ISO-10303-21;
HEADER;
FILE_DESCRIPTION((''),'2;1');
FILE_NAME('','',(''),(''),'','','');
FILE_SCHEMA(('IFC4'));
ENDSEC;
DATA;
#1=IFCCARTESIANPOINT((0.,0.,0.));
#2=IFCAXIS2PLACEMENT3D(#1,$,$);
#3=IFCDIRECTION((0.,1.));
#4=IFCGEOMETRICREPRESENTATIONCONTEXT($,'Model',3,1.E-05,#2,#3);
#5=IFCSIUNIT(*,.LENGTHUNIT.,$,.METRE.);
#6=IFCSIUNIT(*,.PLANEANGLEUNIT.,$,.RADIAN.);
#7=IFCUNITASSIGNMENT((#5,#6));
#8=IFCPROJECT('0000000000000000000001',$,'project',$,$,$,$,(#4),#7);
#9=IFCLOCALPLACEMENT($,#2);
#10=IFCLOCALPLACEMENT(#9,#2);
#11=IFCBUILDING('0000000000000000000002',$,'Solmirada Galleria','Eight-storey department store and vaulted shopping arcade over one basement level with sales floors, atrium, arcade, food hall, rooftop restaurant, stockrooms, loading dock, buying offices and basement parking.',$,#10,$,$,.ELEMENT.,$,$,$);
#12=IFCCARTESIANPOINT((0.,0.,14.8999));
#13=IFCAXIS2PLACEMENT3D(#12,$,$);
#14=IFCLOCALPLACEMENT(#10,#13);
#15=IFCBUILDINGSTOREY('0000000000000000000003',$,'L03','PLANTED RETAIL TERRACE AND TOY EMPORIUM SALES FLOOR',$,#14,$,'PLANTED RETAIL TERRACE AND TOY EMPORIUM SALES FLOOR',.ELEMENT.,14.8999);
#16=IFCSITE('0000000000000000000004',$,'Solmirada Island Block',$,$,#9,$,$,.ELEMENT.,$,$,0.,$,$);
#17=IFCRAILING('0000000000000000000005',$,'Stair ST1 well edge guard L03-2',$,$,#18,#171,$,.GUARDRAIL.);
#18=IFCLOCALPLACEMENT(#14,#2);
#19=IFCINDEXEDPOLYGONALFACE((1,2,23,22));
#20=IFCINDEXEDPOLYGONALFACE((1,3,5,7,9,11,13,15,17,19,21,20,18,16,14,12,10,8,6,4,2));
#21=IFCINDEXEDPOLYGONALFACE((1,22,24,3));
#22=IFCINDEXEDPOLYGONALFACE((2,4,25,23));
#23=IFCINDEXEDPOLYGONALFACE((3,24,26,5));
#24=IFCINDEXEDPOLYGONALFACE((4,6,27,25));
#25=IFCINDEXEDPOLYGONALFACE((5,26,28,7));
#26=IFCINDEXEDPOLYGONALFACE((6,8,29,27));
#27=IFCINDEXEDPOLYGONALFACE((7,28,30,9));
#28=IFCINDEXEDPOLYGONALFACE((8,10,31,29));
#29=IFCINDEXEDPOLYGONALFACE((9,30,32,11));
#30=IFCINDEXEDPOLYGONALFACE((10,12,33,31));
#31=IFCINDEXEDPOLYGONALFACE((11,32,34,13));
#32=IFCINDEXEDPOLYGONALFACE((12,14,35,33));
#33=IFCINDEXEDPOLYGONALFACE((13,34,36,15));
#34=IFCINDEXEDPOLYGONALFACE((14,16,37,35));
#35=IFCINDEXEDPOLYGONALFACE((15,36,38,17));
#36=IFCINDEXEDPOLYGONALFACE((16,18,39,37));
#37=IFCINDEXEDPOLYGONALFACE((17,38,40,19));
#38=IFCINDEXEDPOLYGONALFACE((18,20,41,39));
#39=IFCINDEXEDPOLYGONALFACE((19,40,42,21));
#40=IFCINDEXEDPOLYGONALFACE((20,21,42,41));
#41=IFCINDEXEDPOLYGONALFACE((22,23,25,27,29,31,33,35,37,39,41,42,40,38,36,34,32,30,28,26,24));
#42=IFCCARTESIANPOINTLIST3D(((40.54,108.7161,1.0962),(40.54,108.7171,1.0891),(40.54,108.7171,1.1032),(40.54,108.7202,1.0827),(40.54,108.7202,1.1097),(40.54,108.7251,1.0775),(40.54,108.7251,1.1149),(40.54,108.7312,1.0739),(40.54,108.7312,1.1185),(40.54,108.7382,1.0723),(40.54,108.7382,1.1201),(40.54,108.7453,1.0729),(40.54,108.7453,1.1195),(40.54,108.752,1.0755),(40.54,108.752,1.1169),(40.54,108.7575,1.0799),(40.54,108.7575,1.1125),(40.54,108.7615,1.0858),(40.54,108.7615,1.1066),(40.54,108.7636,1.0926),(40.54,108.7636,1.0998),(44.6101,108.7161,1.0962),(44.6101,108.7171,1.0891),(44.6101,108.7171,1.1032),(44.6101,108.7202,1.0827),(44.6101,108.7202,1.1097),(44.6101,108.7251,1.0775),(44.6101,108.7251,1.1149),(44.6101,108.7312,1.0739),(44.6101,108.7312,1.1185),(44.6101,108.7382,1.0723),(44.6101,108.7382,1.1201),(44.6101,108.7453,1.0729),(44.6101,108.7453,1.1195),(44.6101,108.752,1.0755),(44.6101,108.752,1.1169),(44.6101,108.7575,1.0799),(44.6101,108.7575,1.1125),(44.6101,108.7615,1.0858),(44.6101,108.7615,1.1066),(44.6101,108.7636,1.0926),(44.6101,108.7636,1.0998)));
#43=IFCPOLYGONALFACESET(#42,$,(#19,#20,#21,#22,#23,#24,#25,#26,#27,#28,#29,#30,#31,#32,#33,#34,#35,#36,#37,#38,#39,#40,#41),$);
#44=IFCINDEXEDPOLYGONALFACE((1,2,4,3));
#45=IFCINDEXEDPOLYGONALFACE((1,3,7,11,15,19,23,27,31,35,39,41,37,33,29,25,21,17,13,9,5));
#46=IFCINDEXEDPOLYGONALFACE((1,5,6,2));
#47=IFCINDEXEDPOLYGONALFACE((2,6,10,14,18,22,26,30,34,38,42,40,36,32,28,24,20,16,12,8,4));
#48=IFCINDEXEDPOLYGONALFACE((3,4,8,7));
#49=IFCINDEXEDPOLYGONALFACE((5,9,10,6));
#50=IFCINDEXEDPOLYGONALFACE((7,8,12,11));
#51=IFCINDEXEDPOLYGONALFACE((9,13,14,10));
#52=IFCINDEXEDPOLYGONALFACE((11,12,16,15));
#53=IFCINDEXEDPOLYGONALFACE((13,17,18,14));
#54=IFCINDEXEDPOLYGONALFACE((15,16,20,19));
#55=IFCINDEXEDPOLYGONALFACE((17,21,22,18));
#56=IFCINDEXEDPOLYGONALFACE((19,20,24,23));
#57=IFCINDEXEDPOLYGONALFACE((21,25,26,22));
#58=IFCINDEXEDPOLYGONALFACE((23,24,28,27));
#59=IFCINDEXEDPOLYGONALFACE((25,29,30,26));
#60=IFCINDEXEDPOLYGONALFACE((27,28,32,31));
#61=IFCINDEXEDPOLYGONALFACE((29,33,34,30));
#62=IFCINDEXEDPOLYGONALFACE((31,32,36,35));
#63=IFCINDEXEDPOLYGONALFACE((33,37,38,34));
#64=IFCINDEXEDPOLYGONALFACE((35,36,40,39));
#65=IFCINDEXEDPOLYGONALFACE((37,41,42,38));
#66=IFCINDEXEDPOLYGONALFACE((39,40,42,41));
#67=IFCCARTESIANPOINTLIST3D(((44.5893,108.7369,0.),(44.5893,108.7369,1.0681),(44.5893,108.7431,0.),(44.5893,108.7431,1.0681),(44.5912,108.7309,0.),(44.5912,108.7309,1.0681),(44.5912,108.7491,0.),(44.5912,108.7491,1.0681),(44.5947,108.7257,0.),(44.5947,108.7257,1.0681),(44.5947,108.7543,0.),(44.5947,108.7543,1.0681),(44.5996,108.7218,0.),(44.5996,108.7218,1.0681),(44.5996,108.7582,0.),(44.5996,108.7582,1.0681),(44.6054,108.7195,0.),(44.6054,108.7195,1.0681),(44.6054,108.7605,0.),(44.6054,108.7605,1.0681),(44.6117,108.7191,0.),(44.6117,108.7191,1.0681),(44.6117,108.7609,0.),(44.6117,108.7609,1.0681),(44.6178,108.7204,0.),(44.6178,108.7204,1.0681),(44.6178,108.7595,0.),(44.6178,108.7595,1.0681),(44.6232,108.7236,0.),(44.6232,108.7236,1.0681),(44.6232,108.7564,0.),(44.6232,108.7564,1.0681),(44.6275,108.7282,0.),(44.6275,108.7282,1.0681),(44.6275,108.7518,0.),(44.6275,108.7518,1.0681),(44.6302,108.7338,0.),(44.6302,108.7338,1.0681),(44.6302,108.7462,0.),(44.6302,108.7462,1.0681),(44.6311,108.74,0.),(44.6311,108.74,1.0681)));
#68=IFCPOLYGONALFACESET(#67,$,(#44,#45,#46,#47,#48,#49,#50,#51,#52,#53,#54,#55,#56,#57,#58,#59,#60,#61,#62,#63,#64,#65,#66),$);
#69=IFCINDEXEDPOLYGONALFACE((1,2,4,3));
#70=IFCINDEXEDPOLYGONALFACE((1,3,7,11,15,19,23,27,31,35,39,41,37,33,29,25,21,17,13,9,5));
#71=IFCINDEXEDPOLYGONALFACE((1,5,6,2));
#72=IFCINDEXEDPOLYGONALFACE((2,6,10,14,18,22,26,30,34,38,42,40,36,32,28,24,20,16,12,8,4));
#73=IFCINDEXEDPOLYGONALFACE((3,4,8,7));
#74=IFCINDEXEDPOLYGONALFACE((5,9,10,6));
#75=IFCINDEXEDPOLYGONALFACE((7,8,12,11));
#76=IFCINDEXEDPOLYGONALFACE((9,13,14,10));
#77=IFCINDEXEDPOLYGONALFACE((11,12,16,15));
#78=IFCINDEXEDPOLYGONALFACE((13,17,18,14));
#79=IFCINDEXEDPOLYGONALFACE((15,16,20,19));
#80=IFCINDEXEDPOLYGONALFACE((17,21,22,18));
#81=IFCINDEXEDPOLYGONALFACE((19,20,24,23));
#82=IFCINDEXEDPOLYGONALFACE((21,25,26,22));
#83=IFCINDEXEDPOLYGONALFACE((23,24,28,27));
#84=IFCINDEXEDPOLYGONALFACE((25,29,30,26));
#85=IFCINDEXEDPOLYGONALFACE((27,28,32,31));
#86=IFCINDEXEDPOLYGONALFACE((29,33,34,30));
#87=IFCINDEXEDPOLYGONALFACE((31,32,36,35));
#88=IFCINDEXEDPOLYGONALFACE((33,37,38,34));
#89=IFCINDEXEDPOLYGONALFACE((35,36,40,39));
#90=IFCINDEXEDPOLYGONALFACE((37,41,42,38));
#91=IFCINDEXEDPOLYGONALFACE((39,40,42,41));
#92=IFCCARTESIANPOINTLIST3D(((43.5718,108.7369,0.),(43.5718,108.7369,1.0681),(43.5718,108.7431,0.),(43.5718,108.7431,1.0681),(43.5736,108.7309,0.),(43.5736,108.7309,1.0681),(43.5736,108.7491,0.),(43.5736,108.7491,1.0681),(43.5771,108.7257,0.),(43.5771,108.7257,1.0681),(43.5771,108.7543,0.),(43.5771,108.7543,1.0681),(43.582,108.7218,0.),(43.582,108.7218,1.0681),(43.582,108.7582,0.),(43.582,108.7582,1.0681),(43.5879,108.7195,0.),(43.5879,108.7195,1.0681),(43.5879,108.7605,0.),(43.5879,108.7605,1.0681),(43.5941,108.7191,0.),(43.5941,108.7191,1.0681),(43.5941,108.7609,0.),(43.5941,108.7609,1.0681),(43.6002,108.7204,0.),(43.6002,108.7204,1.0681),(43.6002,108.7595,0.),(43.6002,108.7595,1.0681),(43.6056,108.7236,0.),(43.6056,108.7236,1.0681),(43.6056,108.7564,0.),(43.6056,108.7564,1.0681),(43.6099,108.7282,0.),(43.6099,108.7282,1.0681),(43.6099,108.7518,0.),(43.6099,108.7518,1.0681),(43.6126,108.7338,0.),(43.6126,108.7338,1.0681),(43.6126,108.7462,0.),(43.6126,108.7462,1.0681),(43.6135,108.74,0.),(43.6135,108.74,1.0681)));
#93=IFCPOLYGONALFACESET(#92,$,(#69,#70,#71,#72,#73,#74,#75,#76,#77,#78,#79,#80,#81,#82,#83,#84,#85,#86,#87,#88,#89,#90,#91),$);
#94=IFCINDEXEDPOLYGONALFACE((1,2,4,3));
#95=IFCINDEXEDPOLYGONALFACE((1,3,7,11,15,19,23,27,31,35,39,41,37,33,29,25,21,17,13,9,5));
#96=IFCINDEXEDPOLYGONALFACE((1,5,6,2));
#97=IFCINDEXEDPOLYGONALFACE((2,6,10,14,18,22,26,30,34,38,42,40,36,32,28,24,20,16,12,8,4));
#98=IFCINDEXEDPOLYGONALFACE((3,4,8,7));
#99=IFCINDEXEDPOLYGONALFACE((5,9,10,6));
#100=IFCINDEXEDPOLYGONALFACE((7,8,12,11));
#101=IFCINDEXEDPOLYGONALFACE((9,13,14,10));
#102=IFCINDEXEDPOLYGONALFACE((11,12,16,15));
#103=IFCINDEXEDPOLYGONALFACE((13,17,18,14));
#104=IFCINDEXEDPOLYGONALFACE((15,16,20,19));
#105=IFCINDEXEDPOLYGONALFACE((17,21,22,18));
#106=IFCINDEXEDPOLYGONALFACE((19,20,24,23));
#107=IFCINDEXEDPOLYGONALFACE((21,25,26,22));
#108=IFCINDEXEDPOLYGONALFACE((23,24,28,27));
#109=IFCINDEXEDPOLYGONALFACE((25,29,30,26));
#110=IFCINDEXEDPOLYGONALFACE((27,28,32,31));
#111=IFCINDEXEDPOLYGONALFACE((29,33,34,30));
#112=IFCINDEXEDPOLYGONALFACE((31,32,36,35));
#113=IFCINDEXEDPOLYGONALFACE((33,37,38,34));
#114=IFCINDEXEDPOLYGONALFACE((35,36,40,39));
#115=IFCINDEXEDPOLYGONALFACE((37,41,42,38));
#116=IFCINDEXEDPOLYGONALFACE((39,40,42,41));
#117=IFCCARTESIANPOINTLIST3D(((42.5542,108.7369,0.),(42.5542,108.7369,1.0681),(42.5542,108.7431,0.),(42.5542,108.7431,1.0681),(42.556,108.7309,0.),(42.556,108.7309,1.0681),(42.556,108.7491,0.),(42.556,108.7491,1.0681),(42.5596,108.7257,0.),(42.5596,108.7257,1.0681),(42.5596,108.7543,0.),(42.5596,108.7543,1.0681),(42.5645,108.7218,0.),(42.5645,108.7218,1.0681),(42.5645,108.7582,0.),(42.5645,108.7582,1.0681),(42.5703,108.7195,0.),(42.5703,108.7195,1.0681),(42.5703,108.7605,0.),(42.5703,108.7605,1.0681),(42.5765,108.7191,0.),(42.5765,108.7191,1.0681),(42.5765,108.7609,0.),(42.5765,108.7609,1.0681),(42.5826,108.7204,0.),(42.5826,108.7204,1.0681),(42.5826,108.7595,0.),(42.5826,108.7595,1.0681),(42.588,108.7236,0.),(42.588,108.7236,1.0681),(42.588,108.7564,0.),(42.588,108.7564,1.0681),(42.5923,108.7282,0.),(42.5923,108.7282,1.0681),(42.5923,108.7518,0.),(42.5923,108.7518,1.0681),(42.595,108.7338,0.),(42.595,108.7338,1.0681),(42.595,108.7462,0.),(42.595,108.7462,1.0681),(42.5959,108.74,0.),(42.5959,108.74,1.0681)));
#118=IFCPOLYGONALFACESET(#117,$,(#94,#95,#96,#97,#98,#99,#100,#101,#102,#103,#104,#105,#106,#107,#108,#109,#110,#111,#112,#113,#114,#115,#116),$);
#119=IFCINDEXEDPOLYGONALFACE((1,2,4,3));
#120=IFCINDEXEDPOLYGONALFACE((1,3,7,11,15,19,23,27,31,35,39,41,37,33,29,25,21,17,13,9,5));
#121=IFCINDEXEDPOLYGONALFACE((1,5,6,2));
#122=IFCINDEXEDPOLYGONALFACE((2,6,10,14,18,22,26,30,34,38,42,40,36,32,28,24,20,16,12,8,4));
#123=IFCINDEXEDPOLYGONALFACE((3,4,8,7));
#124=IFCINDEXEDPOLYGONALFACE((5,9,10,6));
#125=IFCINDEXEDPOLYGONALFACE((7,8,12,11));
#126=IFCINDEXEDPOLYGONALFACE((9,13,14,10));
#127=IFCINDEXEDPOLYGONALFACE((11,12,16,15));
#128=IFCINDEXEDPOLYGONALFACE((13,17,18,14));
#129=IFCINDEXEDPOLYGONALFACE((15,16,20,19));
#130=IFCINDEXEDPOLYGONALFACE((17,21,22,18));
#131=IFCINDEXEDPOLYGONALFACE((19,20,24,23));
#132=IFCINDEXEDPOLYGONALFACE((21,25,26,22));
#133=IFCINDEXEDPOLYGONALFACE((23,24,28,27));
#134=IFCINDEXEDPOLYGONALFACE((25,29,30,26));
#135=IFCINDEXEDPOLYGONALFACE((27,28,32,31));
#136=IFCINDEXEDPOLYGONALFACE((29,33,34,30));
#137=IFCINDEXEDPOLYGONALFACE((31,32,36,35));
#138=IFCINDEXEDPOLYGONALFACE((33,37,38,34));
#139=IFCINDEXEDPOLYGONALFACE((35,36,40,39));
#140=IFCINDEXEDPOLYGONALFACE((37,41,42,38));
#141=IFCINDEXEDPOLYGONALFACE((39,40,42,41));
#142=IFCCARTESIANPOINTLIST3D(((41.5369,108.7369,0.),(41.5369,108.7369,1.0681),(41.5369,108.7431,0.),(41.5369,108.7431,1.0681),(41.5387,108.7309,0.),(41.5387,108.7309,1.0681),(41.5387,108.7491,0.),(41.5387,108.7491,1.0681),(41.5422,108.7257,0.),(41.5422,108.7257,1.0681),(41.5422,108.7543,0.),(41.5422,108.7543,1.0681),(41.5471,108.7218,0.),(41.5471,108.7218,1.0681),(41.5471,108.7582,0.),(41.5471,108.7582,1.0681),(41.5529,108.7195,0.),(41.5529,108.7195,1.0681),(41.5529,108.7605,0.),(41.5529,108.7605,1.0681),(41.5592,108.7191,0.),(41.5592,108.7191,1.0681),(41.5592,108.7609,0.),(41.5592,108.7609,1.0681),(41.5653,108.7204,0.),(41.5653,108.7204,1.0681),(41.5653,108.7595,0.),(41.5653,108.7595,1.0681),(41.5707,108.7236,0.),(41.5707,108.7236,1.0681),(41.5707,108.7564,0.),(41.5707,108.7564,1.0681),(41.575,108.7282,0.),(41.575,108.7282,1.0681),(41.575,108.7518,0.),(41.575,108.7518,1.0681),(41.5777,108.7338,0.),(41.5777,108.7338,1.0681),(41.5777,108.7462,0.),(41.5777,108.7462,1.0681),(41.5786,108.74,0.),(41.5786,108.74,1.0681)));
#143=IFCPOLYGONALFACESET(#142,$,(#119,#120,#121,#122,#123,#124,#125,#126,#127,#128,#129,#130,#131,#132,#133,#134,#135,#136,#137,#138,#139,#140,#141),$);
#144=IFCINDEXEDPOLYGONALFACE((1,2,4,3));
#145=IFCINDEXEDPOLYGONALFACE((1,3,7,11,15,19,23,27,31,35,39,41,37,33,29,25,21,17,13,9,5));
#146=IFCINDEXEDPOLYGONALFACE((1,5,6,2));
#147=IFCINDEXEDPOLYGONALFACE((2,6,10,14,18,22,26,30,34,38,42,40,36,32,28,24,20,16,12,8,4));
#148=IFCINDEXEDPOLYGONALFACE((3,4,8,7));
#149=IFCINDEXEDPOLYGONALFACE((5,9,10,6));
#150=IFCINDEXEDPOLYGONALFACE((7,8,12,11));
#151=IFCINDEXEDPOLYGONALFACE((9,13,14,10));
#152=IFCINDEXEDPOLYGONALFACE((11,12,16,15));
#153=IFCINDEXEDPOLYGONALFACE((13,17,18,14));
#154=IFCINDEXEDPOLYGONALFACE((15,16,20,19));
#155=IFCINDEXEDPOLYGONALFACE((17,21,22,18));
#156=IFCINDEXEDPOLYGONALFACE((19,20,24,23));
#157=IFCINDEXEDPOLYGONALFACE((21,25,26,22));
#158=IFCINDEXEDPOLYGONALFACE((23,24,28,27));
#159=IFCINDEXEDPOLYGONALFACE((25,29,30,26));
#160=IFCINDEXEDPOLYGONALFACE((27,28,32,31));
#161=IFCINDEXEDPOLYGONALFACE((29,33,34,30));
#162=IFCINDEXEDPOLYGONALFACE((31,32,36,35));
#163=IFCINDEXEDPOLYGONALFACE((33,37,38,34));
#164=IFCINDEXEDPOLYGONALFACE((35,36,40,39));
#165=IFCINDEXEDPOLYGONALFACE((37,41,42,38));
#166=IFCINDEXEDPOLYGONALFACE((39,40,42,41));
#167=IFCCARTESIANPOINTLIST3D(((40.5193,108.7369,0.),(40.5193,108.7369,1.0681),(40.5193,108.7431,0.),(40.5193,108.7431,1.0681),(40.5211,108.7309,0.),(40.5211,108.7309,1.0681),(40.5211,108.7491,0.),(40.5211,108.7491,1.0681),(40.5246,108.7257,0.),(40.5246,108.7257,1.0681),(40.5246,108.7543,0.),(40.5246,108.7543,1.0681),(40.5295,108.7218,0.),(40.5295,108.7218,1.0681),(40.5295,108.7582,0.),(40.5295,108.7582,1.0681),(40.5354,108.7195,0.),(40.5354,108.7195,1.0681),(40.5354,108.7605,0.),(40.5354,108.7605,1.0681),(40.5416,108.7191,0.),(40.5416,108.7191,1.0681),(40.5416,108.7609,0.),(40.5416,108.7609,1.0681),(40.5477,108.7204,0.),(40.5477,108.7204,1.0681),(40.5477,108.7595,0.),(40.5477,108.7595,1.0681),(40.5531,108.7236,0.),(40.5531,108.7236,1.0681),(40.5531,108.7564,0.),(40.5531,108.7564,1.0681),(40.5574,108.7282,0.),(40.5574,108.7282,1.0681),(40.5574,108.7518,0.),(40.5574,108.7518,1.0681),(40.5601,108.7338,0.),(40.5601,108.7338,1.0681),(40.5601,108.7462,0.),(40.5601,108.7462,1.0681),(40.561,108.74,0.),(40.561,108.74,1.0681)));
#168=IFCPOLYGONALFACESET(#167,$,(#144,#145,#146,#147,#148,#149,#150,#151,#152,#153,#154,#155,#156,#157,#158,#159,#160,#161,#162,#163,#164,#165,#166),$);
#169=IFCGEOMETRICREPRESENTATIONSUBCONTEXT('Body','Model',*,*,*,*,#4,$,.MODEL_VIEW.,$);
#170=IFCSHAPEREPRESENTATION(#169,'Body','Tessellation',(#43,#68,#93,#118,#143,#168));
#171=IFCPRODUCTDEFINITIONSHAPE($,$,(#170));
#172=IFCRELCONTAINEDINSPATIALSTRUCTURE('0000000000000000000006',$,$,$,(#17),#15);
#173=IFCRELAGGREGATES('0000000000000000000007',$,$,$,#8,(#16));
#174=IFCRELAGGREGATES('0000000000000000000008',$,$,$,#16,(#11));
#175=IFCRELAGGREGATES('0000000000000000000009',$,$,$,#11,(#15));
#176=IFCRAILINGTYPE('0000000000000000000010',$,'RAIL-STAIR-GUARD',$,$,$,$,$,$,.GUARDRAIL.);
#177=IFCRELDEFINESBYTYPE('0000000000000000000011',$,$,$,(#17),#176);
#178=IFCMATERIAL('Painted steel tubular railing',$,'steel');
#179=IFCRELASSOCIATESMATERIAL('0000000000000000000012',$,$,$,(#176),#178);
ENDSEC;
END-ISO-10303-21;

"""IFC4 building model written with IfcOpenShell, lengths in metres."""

from ifc_helpers import new_model, si_unit, direction, frame, origin, origin_2d, place, context, subcontext, project, spatial, circle, extrude, material, type_object, element, save


model = new_model("IFC4")

# Units and contexts
model_context = context("Model", 3, precision=1e-05, world=origin(), true_north=direction((0.0, 1.0)))
body_context = subcontext(model_context, "Body", "Model", "MODEL_VIEW")
ifc_project = project(units=[si_unit("LENGTHUNIT", "METRE"), si_unit("PLANEANGLEUNIT", "RADIAN")], contexts=[model_context])

# Site, building, storey
site_placement = place(None, origin())
site = spatial("IfcSite", under=ifc_project, at=site_placement, Name="Solmirada Island Block", CompositionType="ELEMENT", RefElevation=0.0)
building_placement = place(site_placement, origin())
building = spatial("IfcBuilding", under=site, at=building_placement, Name="Solmirada Galleria", Description="Eight-storey department store and vaulted shopping arcade over one basement level with sales floors, atrium, arcade, food hall, rooftop restaurant, stockrooms, loading dock, buying offices and basement parking.", CompositionType="ELEMENT")
storey_placement = place(building_placement, frame((0.0, 0.0, 14.8999)))
storey = spatial("IfcBuildingStorey", under=building, at=storey_placement, Name="L03", Description="PLANTED RETAIL TERRACE AND TOY EMPORIUM SALES FLOOR", LongName="PLANTED RETAIL TERRACE AND TOY EMPORIUM SALES FLOOR", CompositionType="ELEMENT", Elevation=14.8999)

# Railing
ifc_material_1 = material(Name="Painted steel tubular railing", Category="steel")
railing_type_1 = type_object("IfcRailingType", Name="RAIL-STAIR-GUARD", PredefinedType="GUARDRAIL", material=ifc_material_1)
railing_1_placement = place(storey_placement, frame((44.6101, 108.74, 0.0)))
element("IfcRailing", 1, at=railing_1_placement, inside=storey, type_object=railing_type_1, Name="Stair ST1 well edge guard L03-2", PredefinedType="GUARDRAIL", context=body_context, shape_type="SweptSolid", body=[
    extrude(circle(Radius=0.0239, at=origin_2d()), frame((0.0, 0.0, 1.0962), z_axis=(-1.0, 0.0, 0.0), x_axis=(0.0, -1.0, 0.0)), (0.0, 0.0, 1.0), 4.0701),
    extrude(circle(Radius=0.021, at=origin_2d()), origin(), (0.0, 0.0, 1.0), 1.0681),
    extrude(circle(Radius=0.021, at=origin_2d()), frame((-1.0176, 0.0, 0.0)), (0.0, 0.0, 1.0), 1.0681),
    extrude(circle(Radius=0.021, at=origin_2d()), frame((-2.0352, 0.0, 0.0)), (0.0, 0.0, 1.0), 1.0681),
    extrude(circle(Radius=0.021, at=origin_2d()), frame((-3.0525, 0.0, 0.0)), (0.0, 0.0, 1.0), 1.0681),
    extrude(circle(Radius=0.021, at=origin_2d()), frame((-4.0701, 0.0, 0.0)), (0.0, 0.0, 1.0), 1.0681),
])

save(model, "model.ifc")
